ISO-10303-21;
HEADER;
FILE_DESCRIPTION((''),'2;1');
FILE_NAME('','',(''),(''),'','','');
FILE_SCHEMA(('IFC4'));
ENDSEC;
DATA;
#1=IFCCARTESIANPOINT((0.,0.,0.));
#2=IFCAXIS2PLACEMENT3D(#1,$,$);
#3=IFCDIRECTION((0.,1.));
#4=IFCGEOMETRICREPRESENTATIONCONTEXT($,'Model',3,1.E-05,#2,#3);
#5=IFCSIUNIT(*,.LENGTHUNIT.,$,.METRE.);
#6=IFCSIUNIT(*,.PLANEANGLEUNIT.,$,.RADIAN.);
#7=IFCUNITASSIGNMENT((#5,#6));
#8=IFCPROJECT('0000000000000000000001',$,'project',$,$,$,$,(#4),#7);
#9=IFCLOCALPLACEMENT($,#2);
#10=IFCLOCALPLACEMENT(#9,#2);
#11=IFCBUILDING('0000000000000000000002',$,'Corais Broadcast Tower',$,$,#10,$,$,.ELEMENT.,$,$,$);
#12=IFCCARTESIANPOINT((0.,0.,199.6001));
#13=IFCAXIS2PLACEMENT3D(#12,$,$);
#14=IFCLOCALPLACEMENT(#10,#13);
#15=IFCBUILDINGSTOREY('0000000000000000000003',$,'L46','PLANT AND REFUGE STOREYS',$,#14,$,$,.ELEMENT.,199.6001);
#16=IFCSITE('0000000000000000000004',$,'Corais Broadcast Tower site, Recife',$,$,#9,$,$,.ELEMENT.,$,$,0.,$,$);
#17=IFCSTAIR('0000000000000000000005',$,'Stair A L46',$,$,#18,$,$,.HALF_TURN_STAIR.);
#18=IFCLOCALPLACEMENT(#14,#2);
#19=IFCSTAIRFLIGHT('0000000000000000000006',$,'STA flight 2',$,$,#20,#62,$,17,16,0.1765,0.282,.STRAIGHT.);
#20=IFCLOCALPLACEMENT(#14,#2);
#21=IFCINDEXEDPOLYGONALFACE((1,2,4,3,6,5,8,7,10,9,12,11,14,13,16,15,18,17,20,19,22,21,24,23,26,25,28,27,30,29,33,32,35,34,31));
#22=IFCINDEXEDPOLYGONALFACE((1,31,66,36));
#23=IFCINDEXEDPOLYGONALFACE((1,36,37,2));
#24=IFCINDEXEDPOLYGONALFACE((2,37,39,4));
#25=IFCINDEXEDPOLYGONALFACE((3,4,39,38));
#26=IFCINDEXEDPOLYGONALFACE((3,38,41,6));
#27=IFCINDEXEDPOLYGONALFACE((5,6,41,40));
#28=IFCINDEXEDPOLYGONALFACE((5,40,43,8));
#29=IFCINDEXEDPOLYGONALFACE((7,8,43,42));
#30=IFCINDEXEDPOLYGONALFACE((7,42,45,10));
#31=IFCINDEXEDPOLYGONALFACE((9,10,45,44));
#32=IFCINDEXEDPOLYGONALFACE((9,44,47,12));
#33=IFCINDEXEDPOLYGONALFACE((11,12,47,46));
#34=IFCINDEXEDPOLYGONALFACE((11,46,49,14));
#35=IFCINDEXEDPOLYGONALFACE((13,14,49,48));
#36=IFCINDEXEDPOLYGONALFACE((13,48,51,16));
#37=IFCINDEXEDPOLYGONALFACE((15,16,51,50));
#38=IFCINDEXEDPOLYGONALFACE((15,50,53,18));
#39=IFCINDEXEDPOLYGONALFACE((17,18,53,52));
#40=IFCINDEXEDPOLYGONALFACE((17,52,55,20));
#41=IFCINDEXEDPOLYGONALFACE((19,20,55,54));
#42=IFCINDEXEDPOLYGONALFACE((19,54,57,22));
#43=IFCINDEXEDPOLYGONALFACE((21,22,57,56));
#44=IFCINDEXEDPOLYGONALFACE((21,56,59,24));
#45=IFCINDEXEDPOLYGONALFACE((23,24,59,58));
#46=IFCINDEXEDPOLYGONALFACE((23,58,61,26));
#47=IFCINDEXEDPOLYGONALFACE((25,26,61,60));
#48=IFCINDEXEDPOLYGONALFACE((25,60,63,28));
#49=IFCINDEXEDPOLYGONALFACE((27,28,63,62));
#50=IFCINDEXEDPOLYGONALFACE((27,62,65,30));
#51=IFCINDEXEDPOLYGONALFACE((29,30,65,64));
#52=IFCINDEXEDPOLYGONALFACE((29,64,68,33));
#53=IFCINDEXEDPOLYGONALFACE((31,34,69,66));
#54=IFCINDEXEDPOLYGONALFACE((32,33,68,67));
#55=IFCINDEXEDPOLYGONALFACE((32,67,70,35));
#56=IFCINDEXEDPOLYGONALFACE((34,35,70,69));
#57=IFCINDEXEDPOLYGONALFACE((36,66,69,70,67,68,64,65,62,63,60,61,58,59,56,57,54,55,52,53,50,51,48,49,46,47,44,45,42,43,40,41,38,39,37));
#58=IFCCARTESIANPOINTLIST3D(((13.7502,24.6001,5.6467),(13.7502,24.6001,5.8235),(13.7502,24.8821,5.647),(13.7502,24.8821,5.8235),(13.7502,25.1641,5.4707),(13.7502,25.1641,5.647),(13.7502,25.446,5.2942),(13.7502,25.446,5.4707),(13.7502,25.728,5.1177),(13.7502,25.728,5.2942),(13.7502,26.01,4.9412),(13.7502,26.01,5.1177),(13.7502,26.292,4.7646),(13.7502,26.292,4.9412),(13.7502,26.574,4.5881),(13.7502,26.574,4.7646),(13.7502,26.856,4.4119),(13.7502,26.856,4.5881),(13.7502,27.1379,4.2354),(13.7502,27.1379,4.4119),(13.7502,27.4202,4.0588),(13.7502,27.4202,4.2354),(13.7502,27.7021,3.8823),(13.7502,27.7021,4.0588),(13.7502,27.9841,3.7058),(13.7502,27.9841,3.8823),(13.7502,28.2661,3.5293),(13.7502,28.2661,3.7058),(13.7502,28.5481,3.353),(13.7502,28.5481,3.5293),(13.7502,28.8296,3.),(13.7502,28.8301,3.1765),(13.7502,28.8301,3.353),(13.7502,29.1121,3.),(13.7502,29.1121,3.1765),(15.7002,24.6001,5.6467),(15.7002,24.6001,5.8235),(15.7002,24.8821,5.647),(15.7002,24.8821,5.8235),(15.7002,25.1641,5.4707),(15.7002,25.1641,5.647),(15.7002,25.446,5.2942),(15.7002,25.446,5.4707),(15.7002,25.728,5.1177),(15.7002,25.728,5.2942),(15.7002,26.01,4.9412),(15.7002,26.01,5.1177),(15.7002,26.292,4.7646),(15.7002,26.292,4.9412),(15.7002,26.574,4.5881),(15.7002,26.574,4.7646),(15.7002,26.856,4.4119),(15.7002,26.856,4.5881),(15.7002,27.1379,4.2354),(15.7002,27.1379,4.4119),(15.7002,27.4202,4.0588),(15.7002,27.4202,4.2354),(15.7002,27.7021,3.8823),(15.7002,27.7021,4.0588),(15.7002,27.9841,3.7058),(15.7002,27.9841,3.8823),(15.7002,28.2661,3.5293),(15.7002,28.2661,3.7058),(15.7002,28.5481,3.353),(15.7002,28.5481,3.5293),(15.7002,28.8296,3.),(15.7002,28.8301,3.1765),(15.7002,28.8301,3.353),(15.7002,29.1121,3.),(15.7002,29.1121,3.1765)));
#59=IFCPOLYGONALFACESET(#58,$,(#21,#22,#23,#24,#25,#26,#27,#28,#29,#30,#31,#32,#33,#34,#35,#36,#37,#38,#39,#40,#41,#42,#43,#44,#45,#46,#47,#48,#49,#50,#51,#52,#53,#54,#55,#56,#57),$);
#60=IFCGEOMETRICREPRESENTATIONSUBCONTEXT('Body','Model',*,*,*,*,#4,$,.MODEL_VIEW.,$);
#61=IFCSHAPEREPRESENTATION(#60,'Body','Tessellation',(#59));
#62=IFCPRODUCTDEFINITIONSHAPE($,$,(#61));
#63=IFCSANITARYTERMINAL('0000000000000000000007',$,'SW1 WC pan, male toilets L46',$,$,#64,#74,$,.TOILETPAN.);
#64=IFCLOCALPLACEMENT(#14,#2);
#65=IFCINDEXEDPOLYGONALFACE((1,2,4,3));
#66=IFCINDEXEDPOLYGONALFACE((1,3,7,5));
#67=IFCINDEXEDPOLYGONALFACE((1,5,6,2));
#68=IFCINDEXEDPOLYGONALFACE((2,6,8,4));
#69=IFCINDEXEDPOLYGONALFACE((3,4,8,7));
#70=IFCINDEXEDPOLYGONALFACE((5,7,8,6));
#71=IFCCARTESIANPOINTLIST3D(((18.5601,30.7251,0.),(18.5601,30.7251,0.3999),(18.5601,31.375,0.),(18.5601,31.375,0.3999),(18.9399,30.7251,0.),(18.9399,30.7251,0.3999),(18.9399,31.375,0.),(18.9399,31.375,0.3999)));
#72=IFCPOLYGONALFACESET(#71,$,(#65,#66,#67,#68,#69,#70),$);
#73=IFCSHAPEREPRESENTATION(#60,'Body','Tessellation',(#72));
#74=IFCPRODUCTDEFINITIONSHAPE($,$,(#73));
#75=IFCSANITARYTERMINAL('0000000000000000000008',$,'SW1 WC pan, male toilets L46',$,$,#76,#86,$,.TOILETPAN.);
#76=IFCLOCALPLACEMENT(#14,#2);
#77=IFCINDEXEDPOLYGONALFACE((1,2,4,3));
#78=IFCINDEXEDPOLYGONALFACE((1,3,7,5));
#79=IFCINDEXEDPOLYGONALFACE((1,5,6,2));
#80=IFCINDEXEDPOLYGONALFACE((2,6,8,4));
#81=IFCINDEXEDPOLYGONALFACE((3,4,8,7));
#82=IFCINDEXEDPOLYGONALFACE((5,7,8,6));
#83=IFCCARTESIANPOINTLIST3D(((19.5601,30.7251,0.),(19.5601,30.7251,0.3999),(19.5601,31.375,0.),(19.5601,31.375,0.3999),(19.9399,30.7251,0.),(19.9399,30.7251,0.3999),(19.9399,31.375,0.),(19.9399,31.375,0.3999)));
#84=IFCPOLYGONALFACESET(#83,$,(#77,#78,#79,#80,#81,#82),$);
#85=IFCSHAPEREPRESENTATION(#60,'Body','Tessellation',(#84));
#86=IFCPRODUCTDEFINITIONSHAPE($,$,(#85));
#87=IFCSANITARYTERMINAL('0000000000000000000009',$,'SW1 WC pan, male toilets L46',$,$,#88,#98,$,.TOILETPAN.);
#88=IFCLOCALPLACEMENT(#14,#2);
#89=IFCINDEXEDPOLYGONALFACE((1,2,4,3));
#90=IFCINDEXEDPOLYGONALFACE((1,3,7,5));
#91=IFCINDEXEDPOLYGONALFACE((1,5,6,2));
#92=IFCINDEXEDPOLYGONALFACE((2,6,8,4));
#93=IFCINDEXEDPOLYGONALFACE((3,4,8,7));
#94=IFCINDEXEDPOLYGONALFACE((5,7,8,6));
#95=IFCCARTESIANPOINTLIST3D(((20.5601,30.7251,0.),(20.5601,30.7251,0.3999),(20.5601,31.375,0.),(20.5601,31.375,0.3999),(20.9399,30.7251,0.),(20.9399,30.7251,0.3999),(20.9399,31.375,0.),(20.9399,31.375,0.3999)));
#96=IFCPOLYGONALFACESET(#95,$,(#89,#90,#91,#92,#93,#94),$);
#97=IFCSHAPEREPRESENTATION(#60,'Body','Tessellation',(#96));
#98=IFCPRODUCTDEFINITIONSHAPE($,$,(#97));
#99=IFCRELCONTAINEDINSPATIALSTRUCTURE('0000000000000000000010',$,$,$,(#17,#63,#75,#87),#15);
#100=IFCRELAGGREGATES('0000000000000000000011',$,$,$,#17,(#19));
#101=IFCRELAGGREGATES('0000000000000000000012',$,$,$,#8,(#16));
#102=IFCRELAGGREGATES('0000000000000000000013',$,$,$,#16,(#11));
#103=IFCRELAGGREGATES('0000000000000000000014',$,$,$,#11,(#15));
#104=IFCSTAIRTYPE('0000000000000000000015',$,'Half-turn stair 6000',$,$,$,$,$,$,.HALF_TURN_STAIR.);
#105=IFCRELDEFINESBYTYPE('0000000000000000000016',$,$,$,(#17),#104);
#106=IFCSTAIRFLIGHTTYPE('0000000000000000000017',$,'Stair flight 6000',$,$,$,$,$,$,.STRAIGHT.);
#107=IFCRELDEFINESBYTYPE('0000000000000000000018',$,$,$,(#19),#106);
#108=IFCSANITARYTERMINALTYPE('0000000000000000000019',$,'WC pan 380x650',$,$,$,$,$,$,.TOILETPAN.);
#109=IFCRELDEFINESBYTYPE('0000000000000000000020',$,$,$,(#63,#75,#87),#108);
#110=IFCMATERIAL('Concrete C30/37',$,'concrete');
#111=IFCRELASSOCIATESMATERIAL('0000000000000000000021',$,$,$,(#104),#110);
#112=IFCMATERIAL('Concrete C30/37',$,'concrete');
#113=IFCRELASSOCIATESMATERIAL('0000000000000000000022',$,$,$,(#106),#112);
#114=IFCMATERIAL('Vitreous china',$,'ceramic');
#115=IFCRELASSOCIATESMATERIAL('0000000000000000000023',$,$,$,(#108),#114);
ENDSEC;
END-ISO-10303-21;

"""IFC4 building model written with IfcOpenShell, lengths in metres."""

from ifc_helpers import new_model, si_unit, direction, frame, origin, origin_2d, place, context, subcontext, project, spatial, polyline, rectangle, outline, extrude, material, type_object, element, aggregate, save


model = new_model("IFC4")

# Units and contexts
model_context = context("Model", 3, precision=1e-05, world=origin(), true_north=direction((0.0, 1.0)))
body_context = subcontext(model_context, "Body", "Model", "MODEL_VIEW")
ifc_project = project(units=[si_unit("LENGTHUNIT", "METRE"), si_unit("PLANEANGLEUNIT", "RADIAN")], contexts=[model_context])

# Site, building, storey
site_placement = place(None, origin())
site = spatial("IfcSite", under=ifc_project, at=site_placement, Name="Corais Broadcast Tower site, Recife", CompositionType="ELEMENT", RefElevation=0.0)
building_placement = place(site_placement, origin())
building = spatial("IfcBuilding", under=site, at=building_placement, Name="Corais Broadcast Tower", CompositionType="ELEMENT")
storey_placement = place(building_placement, frame((0.0, 0.0, 199.6001)))
storey = spatial("IfcBuildingStorey", under=building, at=storey_placement, Name="L46", Description="PLANT AND REFUGE STOREYS", CompositionType="ELEMENT", Elevation=199.6001)

# Stair, stair flight
ifc_material_1 = material(Name="Concrete C30/37", Category="concrete")
stair_type = type_object("IfcStairType", Name="Half-turn stair 6000", PredefinedType="HALF_TURN_STAIR", material=ifc_material_1)
stair_placement = place(storey_placement, origin())
stair = element("IfcStair", 1, at=stair_placement, inside=storey, type_object=stair_type, Name="Stair A L46", PredefinedType="HALF_TURN_STAIR")
ifc_material_2 = material(Name="Concrete C30/37", Category="concrete")
stair_flight_type = type_object("IfcStairFlightType", Name="Stair flight 6000", PredefinedType="STRAIGHT", material=ifc_material_2)
stair_flight_placement = place(storey_placement, frame((14.7251, 29.1121, 3.0), z_axis=(0.0, 0.0, 1.0), x_axis=(0.0, -1.0, 0.0)))
stair_flight = element("IfcStairFlight", 2, at=stair_flight_placement, type_object=stair_flight_type, Name="STA flight 2", NumberOfRisers=17, NumberOfTreads=16, PredefinedType="STRAIGHT", RiserHeight=0.1765, TreadLength=0.282, context=body_context, shape_type="SweptSolid", body=[
    extrude(outline(polyline([(0.0, 0.0), (0.0, 0.1765), (0.282, 0.1765), (0.282, 0.353), (0.564, 0.353), (0.564, 0.5293), (0.8459, 0.5293), (0.8459, 0.7058), (1.1279, 0.7058), (1.1279, 0.8823), (1.4099, 0.8823), (1.4099, 1.0588), (1.6919, 1.0588), (1.6919, 1.2354), (1.9741, 1.2354), (1.9741, 1.4119), (2.2561, 1.4119), (2.2561, 1.5881), (2.5381, 1.5881), (2.5381, 1.7646), (2.8201, 1.7646), (2.8201, 1.9412), (3.1021, 1.9412), (3.1021, 2.1177), (3.384, 2.1177), (3.384, 2.2942), (3.666, 2.2942), (3.666, 2.4707), (3.948, 2.4707), (3.948, 2.647), (4.23, 2.647), (4.23, 2.8235), (4.512, 2.8235), (4.512, 3.0), (4.512, 2.6467), (0.2825, 0.0), (0.0, 0.0)])), frame((0.0, 0.9751, 0.0), z_axis=(0.0, -1.0, 0.0), x_axis=(1.0, 0.0, 0.0)), (0.0, 0.0, 1.0), 1.95),
])
aggregate(stair, [stair_flight])

# Sanitary terminals
ifc_material_3 = material(Name="Vitreous china", Category="ceramic")
sanitary_terminal_type = type_object("IfcSanitaryTerminalType", Name="WC pan 380x650", PredefinedType="TOILETPAN", material=ifc_material_3)
for number, where, z_axis, x_axis, name in (
    (3, (18.75, 31.05, 0.0), (0.0, 0.0, 1.0), (1.0, 0.0, 0.0), "SW1 WC pan, male toilets L46"),
    (4, (19.75, 31.05, 0.0), (0.0, 0.0, 1.0), (1.0, 0.0, 0.0), "SW1 WC pan, male toilets L46"),
    (5, (20.75, 31.05, 0.0), (0.0, 0.0, 1.0), (1.0, 0.0, 0.0), "SW1 WC pan, male toilets L46"),
):
    element("IfcSanitaryTerminal", number, at=place(storey_placement, frame(where, z_axis=z_axis, x_axis=x_axis)), inside=storey, type_object=sanitary_terminal_type, Name=name, PredefinedType="TOILETPAN", context=body_context, shape_type="SweptSolid", body=[
        extrude(rectangle(XDim=0.3799, YDim=0.6499, at=origin_2d()), origin(), (0.0, 0.0, 1.0), 0.3999),
    ])

save(model, "model.ifc")
